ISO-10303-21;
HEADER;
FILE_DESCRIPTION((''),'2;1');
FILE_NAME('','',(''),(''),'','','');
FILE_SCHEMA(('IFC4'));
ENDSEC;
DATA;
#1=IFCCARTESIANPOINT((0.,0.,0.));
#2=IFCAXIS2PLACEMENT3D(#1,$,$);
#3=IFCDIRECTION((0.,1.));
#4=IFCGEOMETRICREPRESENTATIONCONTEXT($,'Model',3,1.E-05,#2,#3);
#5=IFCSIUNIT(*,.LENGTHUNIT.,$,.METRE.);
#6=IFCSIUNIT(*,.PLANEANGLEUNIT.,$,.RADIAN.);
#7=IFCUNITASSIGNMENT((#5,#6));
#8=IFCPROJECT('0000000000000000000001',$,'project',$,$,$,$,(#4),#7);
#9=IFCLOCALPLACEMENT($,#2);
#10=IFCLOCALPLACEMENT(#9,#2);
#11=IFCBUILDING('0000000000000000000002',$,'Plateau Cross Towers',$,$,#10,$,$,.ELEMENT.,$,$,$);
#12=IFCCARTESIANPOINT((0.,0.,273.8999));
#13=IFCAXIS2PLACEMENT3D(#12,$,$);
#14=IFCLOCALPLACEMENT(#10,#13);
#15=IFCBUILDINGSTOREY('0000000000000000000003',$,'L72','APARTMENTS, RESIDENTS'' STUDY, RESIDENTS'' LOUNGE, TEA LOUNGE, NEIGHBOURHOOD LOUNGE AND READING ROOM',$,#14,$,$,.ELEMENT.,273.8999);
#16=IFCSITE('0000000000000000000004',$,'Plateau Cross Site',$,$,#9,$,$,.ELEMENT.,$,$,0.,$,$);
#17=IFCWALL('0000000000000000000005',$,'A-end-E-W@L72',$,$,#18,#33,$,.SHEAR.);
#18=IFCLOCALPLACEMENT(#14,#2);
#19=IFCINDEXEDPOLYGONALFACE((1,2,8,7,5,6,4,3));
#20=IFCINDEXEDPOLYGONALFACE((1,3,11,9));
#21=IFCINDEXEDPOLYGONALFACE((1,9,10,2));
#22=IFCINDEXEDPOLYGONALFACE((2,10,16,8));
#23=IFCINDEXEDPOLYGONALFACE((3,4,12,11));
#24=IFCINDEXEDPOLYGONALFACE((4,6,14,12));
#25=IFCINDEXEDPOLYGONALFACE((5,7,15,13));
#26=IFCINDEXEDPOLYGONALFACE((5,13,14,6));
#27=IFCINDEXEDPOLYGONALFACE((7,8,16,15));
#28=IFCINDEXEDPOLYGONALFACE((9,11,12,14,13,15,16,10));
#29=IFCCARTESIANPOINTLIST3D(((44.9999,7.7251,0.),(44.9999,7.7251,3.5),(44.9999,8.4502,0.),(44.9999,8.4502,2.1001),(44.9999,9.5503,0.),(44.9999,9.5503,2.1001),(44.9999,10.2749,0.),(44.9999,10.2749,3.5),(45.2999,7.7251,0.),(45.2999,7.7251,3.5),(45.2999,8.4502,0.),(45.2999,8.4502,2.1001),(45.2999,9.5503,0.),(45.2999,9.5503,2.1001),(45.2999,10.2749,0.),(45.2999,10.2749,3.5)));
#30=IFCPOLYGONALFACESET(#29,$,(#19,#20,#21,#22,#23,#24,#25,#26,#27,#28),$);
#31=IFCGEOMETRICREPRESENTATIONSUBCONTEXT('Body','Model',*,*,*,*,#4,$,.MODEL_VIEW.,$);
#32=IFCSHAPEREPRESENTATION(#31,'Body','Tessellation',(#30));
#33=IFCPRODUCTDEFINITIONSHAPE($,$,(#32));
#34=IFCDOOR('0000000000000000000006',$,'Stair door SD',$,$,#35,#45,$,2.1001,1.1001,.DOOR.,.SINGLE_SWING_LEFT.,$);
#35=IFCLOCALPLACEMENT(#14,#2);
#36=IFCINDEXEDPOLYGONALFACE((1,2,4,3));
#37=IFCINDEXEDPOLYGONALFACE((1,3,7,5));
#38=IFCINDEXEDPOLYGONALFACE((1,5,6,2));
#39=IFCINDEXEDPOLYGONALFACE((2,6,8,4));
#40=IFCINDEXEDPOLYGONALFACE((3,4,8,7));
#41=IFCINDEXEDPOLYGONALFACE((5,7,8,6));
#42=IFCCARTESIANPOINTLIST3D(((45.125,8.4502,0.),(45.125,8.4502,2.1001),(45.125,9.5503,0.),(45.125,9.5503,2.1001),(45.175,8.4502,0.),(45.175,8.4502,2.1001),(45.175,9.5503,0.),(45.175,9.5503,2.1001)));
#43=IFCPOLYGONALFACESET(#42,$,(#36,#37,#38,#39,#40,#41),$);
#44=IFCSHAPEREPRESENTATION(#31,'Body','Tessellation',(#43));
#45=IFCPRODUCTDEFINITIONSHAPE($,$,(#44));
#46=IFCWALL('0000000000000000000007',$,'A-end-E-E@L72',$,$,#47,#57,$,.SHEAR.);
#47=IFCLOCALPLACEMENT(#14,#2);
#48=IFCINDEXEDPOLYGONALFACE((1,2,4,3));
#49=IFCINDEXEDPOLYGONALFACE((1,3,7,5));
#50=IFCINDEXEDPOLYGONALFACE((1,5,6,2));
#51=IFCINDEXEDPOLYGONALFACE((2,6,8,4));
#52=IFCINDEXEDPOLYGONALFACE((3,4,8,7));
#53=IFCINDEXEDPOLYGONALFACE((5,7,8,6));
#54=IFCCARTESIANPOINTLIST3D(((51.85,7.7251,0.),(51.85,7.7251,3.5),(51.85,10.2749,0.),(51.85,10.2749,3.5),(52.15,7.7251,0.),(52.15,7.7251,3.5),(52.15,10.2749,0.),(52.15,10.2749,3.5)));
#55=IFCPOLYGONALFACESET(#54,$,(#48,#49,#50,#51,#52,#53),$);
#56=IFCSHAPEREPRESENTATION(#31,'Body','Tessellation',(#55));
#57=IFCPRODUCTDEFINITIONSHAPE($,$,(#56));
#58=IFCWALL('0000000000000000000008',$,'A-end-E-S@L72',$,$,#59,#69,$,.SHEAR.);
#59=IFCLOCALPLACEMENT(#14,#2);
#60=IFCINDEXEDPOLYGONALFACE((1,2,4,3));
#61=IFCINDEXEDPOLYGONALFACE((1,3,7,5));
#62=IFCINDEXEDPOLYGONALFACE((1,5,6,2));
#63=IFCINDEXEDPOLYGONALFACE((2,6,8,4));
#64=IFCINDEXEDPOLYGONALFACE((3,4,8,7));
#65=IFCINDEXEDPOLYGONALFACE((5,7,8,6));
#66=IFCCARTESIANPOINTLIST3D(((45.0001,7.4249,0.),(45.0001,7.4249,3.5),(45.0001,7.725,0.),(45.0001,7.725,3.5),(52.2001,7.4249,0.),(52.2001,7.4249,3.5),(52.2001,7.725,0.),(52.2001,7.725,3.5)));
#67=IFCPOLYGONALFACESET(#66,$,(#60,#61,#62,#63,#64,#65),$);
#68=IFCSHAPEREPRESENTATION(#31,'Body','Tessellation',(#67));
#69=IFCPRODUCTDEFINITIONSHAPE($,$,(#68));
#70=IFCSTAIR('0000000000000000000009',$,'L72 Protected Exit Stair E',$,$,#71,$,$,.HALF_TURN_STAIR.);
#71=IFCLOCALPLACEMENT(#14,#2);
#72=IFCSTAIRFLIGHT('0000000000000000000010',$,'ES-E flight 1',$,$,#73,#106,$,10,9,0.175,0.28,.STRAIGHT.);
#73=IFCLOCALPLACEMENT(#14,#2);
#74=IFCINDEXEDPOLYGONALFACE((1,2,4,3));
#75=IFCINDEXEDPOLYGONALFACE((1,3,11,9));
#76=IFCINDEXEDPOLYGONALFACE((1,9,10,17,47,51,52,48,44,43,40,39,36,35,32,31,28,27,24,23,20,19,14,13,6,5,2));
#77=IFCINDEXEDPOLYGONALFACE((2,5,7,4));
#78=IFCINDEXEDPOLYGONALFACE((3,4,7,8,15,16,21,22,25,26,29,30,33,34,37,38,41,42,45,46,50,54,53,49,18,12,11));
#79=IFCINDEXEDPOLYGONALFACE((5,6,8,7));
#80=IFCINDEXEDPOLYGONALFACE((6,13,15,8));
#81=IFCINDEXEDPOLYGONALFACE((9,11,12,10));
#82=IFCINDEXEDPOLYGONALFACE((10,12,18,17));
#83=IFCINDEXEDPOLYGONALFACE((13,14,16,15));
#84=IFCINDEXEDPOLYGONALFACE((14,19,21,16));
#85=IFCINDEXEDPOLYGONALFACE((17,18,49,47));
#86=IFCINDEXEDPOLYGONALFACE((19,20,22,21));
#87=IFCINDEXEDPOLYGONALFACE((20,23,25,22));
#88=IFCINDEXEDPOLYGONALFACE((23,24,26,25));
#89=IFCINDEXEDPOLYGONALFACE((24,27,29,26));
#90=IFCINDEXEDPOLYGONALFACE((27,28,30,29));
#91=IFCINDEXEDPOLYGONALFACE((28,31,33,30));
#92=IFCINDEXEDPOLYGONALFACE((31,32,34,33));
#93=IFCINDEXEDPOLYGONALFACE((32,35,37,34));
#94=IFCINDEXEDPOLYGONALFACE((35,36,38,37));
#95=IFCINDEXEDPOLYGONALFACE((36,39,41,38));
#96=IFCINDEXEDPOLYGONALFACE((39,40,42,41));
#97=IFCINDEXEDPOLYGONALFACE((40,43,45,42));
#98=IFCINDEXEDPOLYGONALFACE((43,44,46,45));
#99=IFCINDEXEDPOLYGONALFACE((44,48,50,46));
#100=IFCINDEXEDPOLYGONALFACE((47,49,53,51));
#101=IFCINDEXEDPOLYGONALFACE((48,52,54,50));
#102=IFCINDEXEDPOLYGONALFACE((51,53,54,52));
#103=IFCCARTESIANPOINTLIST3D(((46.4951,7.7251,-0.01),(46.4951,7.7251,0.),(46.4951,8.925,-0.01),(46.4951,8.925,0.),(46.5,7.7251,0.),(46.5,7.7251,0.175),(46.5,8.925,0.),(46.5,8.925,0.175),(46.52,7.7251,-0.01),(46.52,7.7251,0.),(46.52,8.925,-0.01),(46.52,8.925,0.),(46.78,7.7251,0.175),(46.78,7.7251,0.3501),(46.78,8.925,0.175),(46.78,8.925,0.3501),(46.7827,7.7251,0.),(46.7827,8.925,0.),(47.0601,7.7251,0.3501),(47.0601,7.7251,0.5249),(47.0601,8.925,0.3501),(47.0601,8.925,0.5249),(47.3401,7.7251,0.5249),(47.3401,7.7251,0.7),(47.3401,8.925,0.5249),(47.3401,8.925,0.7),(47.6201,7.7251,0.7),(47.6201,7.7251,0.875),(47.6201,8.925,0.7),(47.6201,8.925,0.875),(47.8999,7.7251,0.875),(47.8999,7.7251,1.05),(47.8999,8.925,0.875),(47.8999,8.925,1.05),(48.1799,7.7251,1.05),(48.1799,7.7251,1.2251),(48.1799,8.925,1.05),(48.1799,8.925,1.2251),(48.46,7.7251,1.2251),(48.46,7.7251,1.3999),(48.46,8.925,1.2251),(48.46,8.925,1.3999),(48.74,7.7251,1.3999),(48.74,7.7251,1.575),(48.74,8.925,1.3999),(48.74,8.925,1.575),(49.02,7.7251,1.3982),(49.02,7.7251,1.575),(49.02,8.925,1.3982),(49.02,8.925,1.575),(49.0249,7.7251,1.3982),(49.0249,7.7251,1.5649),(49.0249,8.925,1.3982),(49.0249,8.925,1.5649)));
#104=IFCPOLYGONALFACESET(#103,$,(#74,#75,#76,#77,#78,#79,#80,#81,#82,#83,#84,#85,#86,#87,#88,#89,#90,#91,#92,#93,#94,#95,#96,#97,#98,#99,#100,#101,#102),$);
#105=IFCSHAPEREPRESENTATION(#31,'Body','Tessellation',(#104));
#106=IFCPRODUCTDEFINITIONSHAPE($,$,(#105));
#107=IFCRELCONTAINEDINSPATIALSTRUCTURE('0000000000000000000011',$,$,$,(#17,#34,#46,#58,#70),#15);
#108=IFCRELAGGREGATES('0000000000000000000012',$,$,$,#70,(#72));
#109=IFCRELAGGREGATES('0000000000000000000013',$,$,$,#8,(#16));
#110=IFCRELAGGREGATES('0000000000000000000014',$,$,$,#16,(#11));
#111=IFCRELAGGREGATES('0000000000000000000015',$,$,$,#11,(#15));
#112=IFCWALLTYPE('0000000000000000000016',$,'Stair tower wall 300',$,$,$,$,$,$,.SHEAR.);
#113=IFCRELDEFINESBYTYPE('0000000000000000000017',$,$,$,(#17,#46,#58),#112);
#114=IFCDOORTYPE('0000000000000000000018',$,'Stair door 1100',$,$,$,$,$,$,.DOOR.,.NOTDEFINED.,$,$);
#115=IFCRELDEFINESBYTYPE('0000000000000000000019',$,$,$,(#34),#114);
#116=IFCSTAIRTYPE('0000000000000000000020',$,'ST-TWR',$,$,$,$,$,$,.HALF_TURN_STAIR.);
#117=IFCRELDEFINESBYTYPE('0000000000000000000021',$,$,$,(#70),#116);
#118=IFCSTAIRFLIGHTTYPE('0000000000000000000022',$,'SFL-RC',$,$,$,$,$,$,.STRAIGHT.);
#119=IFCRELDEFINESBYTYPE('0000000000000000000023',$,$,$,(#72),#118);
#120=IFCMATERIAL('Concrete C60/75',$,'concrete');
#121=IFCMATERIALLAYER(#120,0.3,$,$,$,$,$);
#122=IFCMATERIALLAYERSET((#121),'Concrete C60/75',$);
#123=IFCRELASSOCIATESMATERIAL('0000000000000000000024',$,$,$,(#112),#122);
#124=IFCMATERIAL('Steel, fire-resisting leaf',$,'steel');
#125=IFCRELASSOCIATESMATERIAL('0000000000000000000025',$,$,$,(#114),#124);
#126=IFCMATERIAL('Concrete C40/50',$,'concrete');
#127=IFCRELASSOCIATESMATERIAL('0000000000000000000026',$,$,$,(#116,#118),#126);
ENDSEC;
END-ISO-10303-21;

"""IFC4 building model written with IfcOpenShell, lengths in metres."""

from ifc_helpers import new_model, si_unit, direction, frame, frame_2d, origin, place, context, subcontext, project, spatial, polyline, rectangle, outline, extrude, material, layer, layer_set, type_object, element, fill, aggregate, save


model = new_model("IFC4")

# Units and contexts
model_context = context("Model", 3, precision=1e-05, world=origin(), true_north=direction((0.0, 1.0)))
body_context = subcontext(model_context, "Body", "Model", "MODEL_VIEW")
ifc_project = project(units=[si_unit("LENGTHUNIT", "METRE"), si_unit("PLANEANGLEUNIT", "RADIAN")], contexts=[model_context])

# Site, building, storey
site_placement = place(None, origin())
site = spatial("IfcSite", under=ifc_project, at=site_placement, Name="Plateau Cross Site", CompositionType="ELEMENT", RefElevation=0.0)
building_placement = place(site_placement, origin())
building = spatial("IfcBuilding", under=site, at=building_placement, Name="Plateau Cross Towers", CompositionType="ELEMENT")
storey_placement = place(building_placement, frame((0.0, 0.0, 273.8999)))
storey = spatial("IfcBuildingStorey", under=building, at=storey_placement, Name="L72", Description="APARTMENTS, RESIDENTS' STUDY, RESIDENTS' LOUNGE, TEA LOUNGE, NEIGHBOURHOOD LOUNGE AND READING ROOM", CompositionType="ELEMENT", Elevation=273.8999)

# Shared definitions
ifc_material_1 = material(Name="Concrete C60/75", Category="concrete")

# Wall, opening, door
ifc_layer_1 = layer(ifc_material_1, 0.3)
ifc_layer_set_1 = layer_set([ifc_layer_1], Name="Concrete C60/75")
wall_type_1 = type_object("IfcWallType", Name="Stair tower wall 300", PredefinedType="SHEAR", material=ifc_layer_set_1)
wall_1_placement = place(storey_placement, frame((45.1499, 7.7251, 0.0), z_axis=(0.0, 0.0, 1.0), x_axis=(0.0, 1.0, 0.0)))
wall_1 = element("IfcWall", 1, at=wall_1_placement, inside=storey, type_object=wall_type_1, Name="A-end-E-W@L72", PredefinedType="SHEAR", context=body_context, shape_type="SweptSolid", body=[
    extrude(rectangle(XDim=2.5498, YDim=0.3, at=frame_2d((1.2749, 0.0))), origin(), (0.0, 0.0, 1.0), 3.5),
])
opening_1_placement = place(wall_1_placement, frame((0.7251, 0.0, 0.0)))
opening_1 = element("IfcOpeningElement", 2, at=opening_1_placement, cuts=wall_1, PredefinedType="OPENING", context=body_context, shape_type="SweptSolid", body=[
    extrude(rectangle(XDim=1.1001, YDim=2.1001, at=frame_2d((0.55, 1.05))), frame((0.0, 0.1599, 0.0), z_axis=(0.0, -1.0, 0.0), x_axis=(1.0, 0.0, 0.0)), (0.0, 0.0, 1.0), 0.3201),
])
ifc_material_2 = material(Name="Steel, fire-resisting leaf", Category="steel")
door_type_1 = type_object("IfcDoorType", Name="Stair door 1100", OperationType="NOTDEFINED", PredefinedType="DOOR", material=ifc_material_2)
door_1_placement = place(opening_1_placement, origin())
door_1 = element("IfcDoor", 3, at=door_1_placement, inside=storey, type_object=door_type_1, Name="Stair door SD", OperationType="SINGLE_SWING_LEFT", OverallHeight=2.1001, OverallWidth=1.1001, PredefinedType="DOOR", context=body_context, shape_type="SweptSolid", body=[
    extrude(rectangle(XDim=1.1001, YDim=2.1001, at=frame_2d((0.55, 1.05))), frame((0.0, 0.0249, 0.0), z_axis=(0.0, -1.0, 0.0), x_axis=(1.0, 0.0, 0.0)), (0.0, 0.0, 1.0), 0.05),
])
fill(opening_1, door_1)

# Walls
wall_2_placement = place(storey_placement, frame((52.0, 7.7251, 0.0), z_axis=(0.0, 0.0, 1.0), x_axis=(0.0, 1.0, 0.0)))
element("IfcWall", 4, at=wall_2_placement, inside=storey, type_object=wall_type_1, Name="A-end-E-E@L72", PredefinedType="SHEAR", context=body_context, shape_type="SweptSolid", body=[
    extrude(rectangle(XDim=2.5498, YDim=0.3, at=frame_2d((1.2749, 0.0))), origin(), (0.0, 0.0, 1.0), 3.5),
])
wall_3_placement = place(storey_placement, frame((45.0, 7.575, 0.0), z_axis=(0.0, 0.0, 1.0), x_axis=(1.0, 0.0, 0.0)))
element("IfcWall", 5, at=wall_3_placement, inside=storey, type_object=wall_type_1, Name="A-end-E-S@L72", PredefinedType="SHEAR", context=body_context, shape_type="SweptSolid", body=[
    extrude(rectangle(XDim=7.2, YDim=0.3, at=frame_2d((3.6001, 0.0))), origin(), (0.0, 0.0, 1.0), 3.5),
])

# Stair, stair flight
ifc_material_3 = material(Name="Concrete C40/50", Category="concrete")
stair_type = type_object("IfcStairType", Name="ST-TWR", PredefinedType="HALF_TURN_STAIR", material=ifc_material_3)
stair_placement = place(storey_placement, origin())
stair = element("IfcStair", 6, at=stair_placement, inside=storey, type_object=stair_type, Name="L72 Protected Exit Stair E", PredefinedType="HALF_TURN_STAIR")
stair_flight_type = type_object("IfcStairFlightType", Name="SFL-RC", PredefinedType="STRAIGHT", material=ifc_material_3)
stair_flight_placement = place(storey_placement, frame((46.5, 8.325, 0.0), z_axis=(0.0, 0.0, 1.0), x_axis=(1.0, 0.0, 0.0)))
stair_flight = element("IfcStairFlight", 7, at=stair_flight_placement, type_object=stair_flight_type, Name="ES-E flight 1", NumberOfRisers=10, NumberOfTreads=9, PredefinedType="STRAIGHT", RiserHeight=0.175, TreadLength=0.28, context=body_context, shape_type="SweptSolid", body=[
    extrude(outline(polyline([(-0.0049, -0.01), (-0.0049, 0.0), (0.0, 0.0), (0.0, 0.175), (0.28, 0.175), (0.28, 0.3501), (0.5601, 0.3501), (0.5601, 0.5249), (0.8401, 0.5249), (0.8401, 0.7), (1.1201, 0.7), (1.1201, 0.875), (1.3999, 0.875), (1.3999, 1.05), (1.6799, 1.05), (1.6799, 1.2251), (1.96, 1.2251), (1.96, 1.3999), (2.24, 1.3999), (2.24, 1.575), (2.52, 1.575), (2.5249, 1.5649), (2.5249, 1.3982), (2.52, 1.3982), (0.2827, 0.0), (0.02, 0.0), (0.02, -0.01), (-0.0049, -0.01)])), frame((0.0, 0.6001, 0.0), z_axis=(0.0, -1.0, 0.0), x_axis=(1.0, 0.0, 0.0)), (0.0, 0.0, 1.0), 1.2),
])
aggregate(stair, [stair_flight])

save(model, "model.ifc")
